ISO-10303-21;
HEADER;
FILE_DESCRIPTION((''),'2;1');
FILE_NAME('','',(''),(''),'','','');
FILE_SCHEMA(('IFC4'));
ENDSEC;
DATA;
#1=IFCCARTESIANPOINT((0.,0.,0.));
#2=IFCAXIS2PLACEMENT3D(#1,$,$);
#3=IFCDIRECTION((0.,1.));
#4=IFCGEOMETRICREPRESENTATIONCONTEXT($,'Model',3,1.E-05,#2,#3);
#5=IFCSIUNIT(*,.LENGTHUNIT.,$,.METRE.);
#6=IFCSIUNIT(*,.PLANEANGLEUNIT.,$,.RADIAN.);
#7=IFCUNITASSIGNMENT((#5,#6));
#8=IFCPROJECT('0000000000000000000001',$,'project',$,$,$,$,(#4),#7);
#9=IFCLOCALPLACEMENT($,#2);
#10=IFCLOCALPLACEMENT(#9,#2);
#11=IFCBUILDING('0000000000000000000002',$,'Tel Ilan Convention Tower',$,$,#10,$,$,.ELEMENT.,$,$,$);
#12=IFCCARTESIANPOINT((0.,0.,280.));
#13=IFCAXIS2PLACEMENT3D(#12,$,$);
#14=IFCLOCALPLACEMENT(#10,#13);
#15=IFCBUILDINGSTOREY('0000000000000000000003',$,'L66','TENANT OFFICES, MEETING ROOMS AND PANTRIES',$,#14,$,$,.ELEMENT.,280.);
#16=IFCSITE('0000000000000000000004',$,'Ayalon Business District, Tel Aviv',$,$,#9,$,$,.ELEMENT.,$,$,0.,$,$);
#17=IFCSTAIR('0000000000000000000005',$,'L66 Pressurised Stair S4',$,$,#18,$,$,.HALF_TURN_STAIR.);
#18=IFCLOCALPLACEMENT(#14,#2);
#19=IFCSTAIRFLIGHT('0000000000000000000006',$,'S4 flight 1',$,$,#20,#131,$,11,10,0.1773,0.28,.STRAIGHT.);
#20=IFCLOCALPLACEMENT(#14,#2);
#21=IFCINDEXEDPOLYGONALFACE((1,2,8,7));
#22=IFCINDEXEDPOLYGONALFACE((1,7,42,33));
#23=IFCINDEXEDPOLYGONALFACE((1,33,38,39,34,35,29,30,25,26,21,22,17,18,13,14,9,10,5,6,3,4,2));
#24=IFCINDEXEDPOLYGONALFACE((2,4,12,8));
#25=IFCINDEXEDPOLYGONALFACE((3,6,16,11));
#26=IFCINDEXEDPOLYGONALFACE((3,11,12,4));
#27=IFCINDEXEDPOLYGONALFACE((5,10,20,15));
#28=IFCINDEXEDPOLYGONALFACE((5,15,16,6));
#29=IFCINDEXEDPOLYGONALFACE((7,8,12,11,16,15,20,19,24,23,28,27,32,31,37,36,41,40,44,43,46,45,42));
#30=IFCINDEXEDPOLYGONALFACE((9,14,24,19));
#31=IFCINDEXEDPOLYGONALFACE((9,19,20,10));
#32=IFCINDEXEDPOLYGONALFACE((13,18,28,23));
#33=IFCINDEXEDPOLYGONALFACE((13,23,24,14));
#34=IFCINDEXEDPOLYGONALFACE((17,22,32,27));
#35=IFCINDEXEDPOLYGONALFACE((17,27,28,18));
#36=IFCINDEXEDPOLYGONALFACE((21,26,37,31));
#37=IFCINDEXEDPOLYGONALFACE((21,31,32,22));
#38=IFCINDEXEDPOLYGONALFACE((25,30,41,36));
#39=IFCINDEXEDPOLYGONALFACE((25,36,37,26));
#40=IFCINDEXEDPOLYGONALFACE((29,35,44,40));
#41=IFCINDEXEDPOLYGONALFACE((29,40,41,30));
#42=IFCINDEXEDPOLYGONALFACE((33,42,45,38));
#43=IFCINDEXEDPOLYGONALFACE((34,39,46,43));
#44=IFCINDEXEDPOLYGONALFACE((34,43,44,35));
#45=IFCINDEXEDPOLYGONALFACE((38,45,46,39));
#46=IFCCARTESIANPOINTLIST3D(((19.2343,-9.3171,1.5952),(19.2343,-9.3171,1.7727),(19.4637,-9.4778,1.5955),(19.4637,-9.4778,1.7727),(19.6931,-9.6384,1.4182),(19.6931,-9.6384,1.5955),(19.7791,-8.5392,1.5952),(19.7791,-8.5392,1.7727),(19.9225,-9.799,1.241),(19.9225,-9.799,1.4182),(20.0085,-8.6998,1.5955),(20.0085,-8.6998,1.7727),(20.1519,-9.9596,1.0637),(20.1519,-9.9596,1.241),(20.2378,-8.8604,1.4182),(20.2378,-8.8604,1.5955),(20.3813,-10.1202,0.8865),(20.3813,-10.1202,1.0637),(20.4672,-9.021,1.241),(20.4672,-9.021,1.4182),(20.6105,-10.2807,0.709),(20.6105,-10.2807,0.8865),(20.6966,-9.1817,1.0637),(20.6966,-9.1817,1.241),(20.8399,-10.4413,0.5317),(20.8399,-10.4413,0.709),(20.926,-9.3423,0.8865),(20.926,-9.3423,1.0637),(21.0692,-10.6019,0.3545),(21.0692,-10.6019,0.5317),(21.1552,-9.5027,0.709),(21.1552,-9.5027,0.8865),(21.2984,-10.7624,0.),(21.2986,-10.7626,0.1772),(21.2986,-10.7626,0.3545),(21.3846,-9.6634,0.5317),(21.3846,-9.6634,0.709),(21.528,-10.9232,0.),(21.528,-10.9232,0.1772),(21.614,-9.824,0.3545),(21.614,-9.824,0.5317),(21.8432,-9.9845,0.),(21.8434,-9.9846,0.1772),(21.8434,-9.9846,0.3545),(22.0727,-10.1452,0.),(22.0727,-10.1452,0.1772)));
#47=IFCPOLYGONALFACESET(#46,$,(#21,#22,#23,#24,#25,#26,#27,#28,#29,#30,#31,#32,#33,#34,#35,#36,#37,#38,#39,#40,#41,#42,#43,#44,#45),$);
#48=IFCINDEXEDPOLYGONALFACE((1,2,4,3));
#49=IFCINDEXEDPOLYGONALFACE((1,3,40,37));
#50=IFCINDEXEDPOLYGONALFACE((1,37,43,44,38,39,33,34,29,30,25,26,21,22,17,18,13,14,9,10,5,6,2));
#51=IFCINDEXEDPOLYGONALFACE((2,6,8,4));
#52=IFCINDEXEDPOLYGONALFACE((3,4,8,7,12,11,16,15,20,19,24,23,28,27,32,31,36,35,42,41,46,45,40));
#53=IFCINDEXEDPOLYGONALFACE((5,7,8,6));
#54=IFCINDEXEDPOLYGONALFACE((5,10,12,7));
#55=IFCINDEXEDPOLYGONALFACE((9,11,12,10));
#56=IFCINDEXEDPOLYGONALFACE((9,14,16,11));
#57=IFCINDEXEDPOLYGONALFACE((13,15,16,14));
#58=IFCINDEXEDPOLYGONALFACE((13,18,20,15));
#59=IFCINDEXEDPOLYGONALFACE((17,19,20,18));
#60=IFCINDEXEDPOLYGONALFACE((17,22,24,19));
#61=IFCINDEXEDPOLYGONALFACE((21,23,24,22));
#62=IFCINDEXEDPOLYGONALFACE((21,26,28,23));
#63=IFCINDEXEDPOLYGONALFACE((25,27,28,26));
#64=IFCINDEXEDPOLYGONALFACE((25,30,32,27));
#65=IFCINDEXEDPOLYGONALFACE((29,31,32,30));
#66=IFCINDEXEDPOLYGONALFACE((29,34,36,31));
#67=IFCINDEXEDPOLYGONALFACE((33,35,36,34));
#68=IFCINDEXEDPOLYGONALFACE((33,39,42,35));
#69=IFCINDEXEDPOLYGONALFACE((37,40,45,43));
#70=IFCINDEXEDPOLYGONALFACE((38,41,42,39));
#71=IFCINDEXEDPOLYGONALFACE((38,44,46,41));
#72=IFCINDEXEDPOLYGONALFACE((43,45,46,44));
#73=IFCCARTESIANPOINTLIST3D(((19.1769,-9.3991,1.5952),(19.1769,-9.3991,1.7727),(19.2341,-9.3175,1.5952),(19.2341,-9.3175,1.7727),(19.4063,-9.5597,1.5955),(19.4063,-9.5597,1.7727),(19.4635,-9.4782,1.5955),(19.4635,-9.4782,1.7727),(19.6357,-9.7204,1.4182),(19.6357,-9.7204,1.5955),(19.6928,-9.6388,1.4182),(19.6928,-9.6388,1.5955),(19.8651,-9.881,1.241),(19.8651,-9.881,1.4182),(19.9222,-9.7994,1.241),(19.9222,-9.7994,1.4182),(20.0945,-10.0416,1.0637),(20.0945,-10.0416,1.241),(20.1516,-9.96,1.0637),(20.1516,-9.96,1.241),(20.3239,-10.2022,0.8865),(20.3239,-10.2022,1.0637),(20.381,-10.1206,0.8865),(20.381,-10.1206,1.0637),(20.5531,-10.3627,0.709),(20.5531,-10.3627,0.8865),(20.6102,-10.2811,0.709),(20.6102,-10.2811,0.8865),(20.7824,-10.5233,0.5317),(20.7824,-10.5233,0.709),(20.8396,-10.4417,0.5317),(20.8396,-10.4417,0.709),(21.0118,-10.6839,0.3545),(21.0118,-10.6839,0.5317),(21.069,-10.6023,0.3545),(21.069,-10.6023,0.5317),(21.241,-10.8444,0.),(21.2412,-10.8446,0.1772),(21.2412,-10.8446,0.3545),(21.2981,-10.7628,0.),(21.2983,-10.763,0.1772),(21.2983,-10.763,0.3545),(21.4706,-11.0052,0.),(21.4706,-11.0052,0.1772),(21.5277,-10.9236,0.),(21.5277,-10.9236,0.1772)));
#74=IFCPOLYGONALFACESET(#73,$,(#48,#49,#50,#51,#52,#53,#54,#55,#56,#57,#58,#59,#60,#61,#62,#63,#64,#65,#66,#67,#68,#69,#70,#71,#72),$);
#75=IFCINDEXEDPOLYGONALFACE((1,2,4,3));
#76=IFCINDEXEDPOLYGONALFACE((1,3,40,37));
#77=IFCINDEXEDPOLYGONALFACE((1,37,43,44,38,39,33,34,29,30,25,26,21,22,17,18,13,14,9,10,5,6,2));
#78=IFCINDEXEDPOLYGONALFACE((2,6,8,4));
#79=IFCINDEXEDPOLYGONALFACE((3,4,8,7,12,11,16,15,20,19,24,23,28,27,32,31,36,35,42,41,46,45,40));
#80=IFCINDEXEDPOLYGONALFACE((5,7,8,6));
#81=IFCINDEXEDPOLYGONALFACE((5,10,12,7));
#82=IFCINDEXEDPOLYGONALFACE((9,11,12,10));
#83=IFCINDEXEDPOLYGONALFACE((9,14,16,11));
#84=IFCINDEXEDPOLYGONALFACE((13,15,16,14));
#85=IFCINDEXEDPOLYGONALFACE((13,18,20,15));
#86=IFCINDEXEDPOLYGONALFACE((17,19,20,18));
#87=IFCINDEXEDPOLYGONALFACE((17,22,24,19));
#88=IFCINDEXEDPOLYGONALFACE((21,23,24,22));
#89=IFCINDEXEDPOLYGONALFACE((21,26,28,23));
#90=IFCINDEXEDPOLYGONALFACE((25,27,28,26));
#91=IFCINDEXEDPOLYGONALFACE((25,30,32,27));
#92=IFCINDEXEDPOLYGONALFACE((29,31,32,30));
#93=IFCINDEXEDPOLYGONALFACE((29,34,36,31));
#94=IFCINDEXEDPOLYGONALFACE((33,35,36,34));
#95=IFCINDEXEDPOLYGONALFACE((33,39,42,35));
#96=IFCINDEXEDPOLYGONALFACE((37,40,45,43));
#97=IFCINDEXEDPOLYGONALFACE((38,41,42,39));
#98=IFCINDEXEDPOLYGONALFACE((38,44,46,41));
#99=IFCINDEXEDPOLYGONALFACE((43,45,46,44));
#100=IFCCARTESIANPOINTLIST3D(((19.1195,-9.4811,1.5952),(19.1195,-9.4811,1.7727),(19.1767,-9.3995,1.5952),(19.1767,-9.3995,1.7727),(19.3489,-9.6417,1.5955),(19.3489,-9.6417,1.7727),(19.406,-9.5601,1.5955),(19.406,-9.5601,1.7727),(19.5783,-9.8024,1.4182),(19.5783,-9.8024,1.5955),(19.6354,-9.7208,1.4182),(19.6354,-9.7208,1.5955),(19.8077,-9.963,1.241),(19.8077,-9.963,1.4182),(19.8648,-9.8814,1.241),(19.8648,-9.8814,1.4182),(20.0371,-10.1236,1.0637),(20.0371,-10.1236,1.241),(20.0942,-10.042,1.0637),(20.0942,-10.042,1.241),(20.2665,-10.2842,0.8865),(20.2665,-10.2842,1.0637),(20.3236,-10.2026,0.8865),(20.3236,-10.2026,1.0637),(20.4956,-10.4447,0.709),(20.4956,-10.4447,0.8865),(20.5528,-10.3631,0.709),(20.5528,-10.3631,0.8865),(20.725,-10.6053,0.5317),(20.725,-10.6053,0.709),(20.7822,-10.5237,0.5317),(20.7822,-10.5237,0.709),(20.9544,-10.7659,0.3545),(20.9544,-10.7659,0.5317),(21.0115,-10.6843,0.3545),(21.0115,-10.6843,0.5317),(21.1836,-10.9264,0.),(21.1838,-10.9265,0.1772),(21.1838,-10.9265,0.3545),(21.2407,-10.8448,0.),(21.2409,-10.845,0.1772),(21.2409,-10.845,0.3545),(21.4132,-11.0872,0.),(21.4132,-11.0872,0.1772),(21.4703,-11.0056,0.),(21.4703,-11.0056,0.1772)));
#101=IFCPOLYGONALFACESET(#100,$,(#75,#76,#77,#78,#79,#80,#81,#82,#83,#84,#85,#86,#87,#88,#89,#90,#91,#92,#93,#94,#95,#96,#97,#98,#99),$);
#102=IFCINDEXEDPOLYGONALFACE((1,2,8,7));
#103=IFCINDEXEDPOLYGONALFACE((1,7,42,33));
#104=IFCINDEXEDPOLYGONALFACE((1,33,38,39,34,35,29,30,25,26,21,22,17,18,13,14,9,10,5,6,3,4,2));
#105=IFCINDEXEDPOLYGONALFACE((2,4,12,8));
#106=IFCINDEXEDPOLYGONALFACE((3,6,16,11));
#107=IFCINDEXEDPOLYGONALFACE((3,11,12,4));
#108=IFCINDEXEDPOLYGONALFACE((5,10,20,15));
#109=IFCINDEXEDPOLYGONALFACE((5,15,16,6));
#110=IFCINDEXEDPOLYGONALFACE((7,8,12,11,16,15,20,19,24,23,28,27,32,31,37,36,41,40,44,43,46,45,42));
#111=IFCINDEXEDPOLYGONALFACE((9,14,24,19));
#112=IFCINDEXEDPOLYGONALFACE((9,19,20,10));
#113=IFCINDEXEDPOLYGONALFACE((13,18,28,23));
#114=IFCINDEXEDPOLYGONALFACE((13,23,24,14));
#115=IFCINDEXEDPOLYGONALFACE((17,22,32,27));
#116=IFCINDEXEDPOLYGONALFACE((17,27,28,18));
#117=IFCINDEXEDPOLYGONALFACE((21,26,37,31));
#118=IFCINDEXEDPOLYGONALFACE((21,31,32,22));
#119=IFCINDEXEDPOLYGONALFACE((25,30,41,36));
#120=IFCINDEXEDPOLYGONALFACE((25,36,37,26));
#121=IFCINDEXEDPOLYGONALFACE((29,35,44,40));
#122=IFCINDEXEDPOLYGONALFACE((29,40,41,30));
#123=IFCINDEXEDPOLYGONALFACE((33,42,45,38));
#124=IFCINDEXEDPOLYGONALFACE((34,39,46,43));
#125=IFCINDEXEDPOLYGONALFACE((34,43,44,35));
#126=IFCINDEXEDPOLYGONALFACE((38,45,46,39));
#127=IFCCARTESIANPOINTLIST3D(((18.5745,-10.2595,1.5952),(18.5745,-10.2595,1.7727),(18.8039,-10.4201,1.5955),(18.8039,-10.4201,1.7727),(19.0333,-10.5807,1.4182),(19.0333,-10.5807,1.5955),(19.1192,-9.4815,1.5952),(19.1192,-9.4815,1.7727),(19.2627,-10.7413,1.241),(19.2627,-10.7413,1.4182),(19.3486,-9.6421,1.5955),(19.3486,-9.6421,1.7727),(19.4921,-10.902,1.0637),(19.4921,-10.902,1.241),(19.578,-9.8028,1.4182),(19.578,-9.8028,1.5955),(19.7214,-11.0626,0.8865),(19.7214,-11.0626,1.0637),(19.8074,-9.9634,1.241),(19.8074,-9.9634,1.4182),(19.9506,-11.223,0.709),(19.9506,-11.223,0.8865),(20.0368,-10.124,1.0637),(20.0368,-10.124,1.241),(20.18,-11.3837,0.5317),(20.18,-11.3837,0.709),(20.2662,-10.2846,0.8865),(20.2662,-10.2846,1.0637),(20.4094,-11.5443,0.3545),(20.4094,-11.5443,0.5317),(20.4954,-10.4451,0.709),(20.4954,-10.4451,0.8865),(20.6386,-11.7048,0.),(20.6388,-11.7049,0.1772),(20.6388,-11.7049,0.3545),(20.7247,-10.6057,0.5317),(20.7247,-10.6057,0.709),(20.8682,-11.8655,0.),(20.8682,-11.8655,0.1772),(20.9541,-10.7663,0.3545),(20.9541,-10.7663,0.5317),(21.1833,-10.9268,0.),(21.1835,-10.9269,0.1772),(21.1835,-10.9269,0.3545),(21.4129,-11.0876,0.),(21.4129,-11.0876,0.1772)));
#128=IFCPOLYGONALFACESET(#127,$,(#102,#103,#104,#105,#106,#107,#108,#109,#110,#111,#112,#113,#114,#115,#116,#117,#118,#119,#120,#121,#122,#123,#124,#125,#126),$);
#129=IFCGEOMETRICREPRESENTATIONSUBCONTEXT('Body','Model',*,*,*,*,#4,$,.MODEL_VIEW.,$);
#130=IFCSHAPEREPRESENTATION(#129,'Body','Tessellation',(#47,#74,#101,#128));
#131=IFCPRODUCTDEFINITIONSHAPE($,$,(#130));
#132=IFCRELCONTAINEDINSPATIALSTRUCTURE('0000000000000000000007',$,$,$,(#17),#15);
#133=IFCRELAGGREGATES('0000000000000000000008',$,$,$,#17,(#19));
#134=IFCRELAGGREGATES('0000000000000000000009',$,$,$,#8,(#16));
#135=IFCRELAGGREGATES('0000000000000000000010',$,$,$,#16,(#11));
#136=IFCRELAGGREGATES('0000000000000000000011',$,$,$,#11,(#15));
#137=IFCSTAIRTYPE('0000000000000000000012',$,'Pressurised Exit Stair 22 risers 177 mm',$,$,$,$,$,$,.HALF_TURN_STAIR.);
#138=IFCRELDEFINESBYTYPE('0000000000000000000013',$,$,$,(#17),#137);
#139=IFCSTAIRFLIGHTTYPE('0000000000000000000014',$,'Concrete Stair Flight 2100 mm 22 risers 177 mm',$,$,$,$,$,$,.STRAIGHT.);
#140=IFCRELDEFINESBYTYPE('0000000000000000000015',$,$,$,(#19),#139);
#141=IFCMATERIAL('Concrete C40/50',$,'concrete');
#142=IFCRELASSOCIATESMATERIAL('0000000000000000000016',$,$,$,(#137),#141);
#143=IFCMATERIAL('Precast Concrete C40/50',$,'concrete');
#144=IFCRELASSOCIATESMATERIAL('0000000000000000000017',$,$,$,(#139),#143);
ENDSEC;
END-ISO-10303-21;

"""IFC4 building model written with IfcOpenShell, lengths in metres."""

from ifc_helpers import new_model, si_unit, direction, frame, origin, place, context, subcontext, project, spatial, polyline, outline, extrude, material, type_object, element, aggregate, save


model = new_model("IFC4")

# Units and contexts
model_context = context("Model", 3, precision=1e-05, world=origin(), true_north=direction((0.0, 1.0)))
body_context = subcontext(model_context, "Body", "Model", "MODEL_VIEW")
ifc_project = project(units=[si_unit("LENGTHUNIT", "METRE"), si_unit("PLANEANGLEUNIT", "RADIAN")], contexts=[model_context])

# Site, building, storey
site_placement = place(None, origin())
site = spatial("IfcSite", under=ifc_project, at=site_placement, Name="Ayalon Business District, Tel Aviv", CompositionType="ELEMENT", RefElevation=0.0)
building_placement = place(site_placement, origin())
building = spatial("IfcBuilding", under=site, at=building_placement, Name="Tel Ilan Convention Tower", CompositionType="ELEMENT")
storey_placement = place(building_placement, frame((0.0, 0.0, 280.0)))
storey = spatial("IfcBuildingStorey", under=building, at=storey_placement, Name="L66", Description="TENANT OFFICES, MEETING ROOMS AND PANTRIES", CompositionType="ELEMENT", Elevation=280.0)

# Shared definitions
ifc_material_1 = material(Name="Concrete C40/50", Category="concrete")
stair_type = type_object("IfcStairType", Name="Pressurised Exit Stair 22 risers 177 mm", PredefinedType="HALF_TURN_STAIR", material=ifc_material_1)
ifc_material_2 = material(Name="Precast Concrete C40/50", Category="concrete")
stair_flight_type = type_object("IfcStairFlightType", Name="Concrete Stair Flight 2100 mm 22 risers 177 mm", PredefinedType="STRAIGHT", material=ifc_material_2)

# Stair, stair flight
stair_1_placement = place(storey_placement, origin())
stair_1 = element("IfcStair", 1, at=stair_1_placement, inside=storey, type_object=stair_type, Name="L66 Pressurised Stair S4", PredefinedType="HALF_TURN_STAIR")
stair_flight_1_placement = place(storey_placement, frame((21.4705, -11.0054, 0.0), z_axis=(0.0, 0.0, 1.0), x_axis=(-0.819152, 0.573576, 0.0)))
stair_flight_1 = element("IfcStairFlight", 2, at=stair_flight_1_placement, type_object=stair_flight_type, Name="S4 flight 1", NumberOfRisers=11, NumberOfTreads=10, PredefinedType="STRAIGHT", RiserHeight=0.1773, TreadLength=0.28, context=body_context, shape_type="SweptSolid", body=[
    extrude(outline(polyline([(0.0, 0.0), (0.0, 0.1772), (0.28, 0.1772), (0.28, 0.3545), (0.5601, 0.3545), (0.5601, 0.5317), (0.8401, 0.5317), (0.8401, 0.709), (1.1201, 0.709), (1.1201, 0.8865), (1.3999, 0.8865), (1.3999, 1.0637), (1.6799, 1.0637), (1.6799, 1.241), (1.96, 1.241), (1.96, 1.4182), (2.24, 1.4182), (2.24, 1.5955), (2.52, 1.5955), (2.52, 1.7727), (2.8, 1.7727), (2.8, 1.95), (2.8, 1.5952), (0.2803, 0.0), (0.0, 0.0)])), frame((0.0, -0.1003, 0.0), z_axis=(0.0, -1.0, 0.0), x_axis=(1.0, 0.0, 0.0)), (0.0, 0.0, 1.0), 0.9497),
    extrude(outline(polyline([(0.0, 0.0), (0.0, 0.1772), (0.28, 0.1772), (0.28, 0.3545), (0.5601, 0.3545), (0.5601, 0.5317), (0.8401, 0.5317), (0.8401, 0.709), (1.1201, 0.709), (1.1201, 0.8865), (1.3999, 0.8865), (1.3999, 1.0637), (1.6799, 1.0637), (1.6799, 1.241), (1.96, 1.241), (1.96, 1.4182), (2.24, 1.4182), (2.24, 1.5955), (2.52, 1.5955), (2.52, 1.7727), (2.8, 1.7727), (2.8, 1.95), (2.8, 1.5952), (0.2803, 0.0), (0.0, 0.0)])), frame((0.0, -0.0002, 0.0), z_axis=(0.0, -1.0, 0.0), x_axis=(1.0, 0.0, 0.0)), (0.0, 0.0, 1.0), 0.0996),
    extrude(outline(polyline([(0.0, 0.0), (0.0, 0.1772), (0.28, 0.1772), (0.28, 0.3545), (0.5601, 0.3545), (0.5601, 0.5317), (0.8401, 0.5317), (0.8401, 0.709), (1.1201, 0.709), (1.1201, 0.8865), (1.3999, 0.8865), (1.3999, 1.0637), (1.6799, 1.0637), (1.6799, 1.241), (1.96, 1.241), (1.96, 1.4182), (2.24, 1.4182), (2.24, 1.5955), (2.52, 1.5955), (2.52, 1.7727), (2.8, 1.7727), (2.8, 1.95), (2.8, 1.5952), (0.2803, 0.0), (0.0, 0.0)])), frame((0.0, 0.0999, 0.0), z_axis=(0.0, -1.0, 0.0), x_axis=(1.0, 0.0, 0.0)), (0.0, 0.0, 1.0), 0.0996),
    extrude(outline(polyline([(0.0, 0.0), (0.0, 0.1772), (0.28, 0.1772), (0.28, 0.3545), (0.5601, 0.3545), (0.5601, 0.5317), (0.8401, 0.5317), (0.8401, 0.709), (1.1201, 0.709), (1.1201, 0.8865), (1.3999, 0.8865), (1.3999, 1.0637), (1.6799, 1.0637), (1.6799, 1.241), (1.96, 1.241), (1.96, 1.4182), (2.24, 1.4182), (2.24, 1.5955), (2.52, 1.5955), (2.52, 1.7727), (2.8, 1.7727), (2.8, 1.95), (2.8, 1.5952), (0.2803, 0.0), (0.0, 0.0)])), frame((0.0, 1.05, 0.0), z_axis=(0.0, -1.0, 0.0), x_axis=(1.0, 0.0, 0.0)), (0.0, 0.0, 1.0), 0.9497),
])
aggregate(stair_1, [stair_flight_1])

save(model, "model.ifc")
